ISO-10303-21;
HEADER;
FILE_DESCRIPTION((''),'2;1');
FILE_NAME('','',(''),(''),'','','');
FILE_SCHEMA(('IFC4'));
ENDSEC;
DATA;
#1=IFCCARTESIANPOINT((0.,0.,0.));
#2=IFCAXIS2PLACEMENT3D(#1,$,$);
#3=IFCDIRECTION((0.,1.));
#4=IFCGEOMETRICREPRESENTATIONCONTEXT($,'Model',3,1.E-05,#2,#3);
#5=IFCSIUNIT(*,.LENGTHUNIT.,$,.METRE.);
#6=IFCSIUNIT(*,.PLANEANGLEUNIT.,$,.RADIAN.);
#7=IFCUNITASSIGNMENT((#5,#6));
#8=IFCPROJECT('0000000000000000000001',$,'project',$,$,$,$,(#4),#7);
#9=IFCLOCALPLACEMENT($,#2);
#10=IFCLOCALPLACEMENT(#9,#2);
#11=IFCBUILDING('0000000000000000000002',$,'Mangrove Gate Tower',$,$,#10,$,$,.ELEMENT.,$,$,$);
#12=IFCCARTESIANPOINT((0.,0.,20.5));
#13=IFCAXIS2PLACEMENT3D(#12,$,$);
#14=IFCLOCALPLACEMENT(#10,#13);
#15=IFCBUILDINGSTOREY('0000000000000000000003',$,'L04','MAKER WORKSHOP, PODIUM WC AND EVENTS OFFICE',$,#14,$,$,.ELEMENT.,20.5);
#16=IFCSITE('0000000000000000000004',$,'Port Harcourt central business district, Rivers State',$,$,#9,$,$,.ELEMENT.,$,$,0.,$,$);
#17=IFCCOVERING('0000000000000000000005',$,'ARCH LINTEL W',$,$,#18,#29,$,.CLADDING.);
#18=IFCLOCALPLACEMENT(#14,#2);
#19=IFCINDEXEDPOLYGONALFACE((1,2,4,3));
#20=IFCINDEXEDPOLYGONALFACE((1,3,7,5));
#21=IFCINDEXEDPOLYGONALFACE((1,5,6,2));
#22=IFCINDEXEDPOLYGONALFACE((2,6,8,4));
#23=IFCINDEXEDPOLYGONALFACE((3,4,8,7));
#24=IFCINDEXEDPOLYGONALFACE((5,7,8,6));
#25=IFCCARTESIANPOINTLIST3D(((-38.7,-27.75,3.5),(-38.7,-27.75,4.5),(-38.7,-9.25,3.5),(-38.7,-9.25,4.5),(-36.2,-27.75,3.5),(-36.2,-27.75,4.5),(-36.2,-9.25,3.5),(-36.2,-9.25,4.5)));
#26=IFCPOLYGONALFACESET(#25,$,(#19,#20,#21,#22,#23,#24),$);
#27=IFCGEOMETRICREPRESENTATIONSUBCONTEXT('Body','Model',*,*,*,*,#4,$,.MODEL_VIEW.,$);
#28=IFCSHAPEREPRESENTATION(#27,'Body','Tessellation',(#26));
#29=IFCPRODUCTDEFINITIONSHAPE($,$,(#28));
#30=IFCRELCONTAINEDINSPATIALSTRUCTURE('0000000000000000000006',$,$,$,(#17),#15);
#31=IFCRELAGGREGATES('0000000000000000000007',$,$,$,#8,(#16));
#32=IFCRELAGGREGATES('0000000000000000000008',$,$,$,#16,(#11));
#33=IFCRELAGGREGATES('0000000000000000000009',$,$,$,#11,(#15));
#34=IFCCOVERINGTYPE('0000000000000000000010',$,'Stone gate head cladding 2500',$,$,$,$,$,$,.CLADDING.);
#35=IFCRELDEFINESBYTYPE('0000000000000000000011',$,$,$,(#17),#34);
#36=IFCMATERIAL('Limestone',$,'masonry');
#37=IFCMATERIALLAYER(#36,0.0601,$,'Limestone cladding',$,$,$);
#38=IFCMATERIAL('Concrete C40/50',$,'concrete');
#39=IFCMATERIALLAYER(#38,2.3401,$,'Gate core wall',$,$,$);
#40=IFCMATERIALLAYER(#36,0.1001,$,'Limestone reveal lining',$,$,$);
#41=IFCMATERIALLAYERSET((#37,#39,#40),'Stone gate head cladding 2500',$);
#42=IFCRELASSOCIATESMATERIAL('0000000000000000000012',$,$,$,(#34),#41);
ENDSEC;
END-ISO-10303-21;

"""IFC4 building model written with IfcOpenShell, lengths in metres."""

from ifc_helpers import new_model, si_unit, direction, frame, frame_2d, origin, place, context, subcontext, project, spatial, rectangle, extrude, material, layer, layer_set, type_object, element, save


model = new_model("IFC4")

# Units and contexts
model_context = context("Model", 3, precision=1e-05, world=origin(), true_north=direction((0.0, 1.0)))
body_context = subcontext(model_context, "Body", "Model", "MODEL_VIEW")
ifc_project = project(units=[si_unit("LENGTHUNIT", "METRE"), si_unit("PLANEANGLEUNIT", "RADIAN")], contexts=[model_context])

# Site, building, storey
site_placement = place(None, origin())
site = spatial("IfcSite", under=ifc_project, at=site_placement, Name="Port Harcourt central business district, Rivers State", CompositionType="ELEMENT", RefElevation=0.0)
building_placement = place(site_placement, origin())
building = spatial("IfcBuilding", under=site, at=building_placement, Name="Mangrove Gate Tower", CompositionType="ELEMENT")
storey_placement = place(building_placement, frame((0.0, 0.0, 20.5)))
storey = spatial("IfcBuildingStorey", under=building, at=storey_placement, Name="L04", Description="MAKER WORKSHOP, PODIUM WC AND EVENTS OFFICE", CompositionType="ELEMENT", Elevation=20.5)

# Shared definitions
ifc_material_1 = material(Name="Limestone", Category="masonry")

# Shared definitions
ifc_material_2 = material(Name="Concrete C40/50", Category="concrete")

# Covering
ifc_layer_1 = layer(ifc_material_1, 0.0601, Name="Limestone cladding")
ifc_layer_2 = layer(ifc_material_2, 2.3401, Name="Gate core wall")
ifc_layer_3 = layer(ifc_material_1, 0.1001, Name="Limestone reveal lining")
ifc_layer_set_1 = layer_set([ifc_layer_1, ifc_layer_2, ifc_layer_3], Name="Stone gate head cladding 2500")
covering_type = type_object("IfcCoveringType", Name="Stone gate head cladding 2500", PredefinedType="CLADDING", material=ifc_layer_set_1)
covering_placement = place(storey_placement, frame((-37.45, -27.75, 3.5), z_axis=(0.0, 0.0, 1.0), x_axis=(0.0, 1.0, 0.0)))
element("IfcCovering", 1, at=covering_placement, inside=storey, type_object=covering_type, Name="ARCH LINTEL W", PredefinedType="CLADDING", context=body_context, shape_type="SweptSolid", body=[
    extrude(rectangle(XDim=18.5, YDim=2.5, at=frame_2d((9.25, 0.0))), origin(), (0.0, 0.0, 1.0), 1.0),
])

save(model, "model.ifc")
